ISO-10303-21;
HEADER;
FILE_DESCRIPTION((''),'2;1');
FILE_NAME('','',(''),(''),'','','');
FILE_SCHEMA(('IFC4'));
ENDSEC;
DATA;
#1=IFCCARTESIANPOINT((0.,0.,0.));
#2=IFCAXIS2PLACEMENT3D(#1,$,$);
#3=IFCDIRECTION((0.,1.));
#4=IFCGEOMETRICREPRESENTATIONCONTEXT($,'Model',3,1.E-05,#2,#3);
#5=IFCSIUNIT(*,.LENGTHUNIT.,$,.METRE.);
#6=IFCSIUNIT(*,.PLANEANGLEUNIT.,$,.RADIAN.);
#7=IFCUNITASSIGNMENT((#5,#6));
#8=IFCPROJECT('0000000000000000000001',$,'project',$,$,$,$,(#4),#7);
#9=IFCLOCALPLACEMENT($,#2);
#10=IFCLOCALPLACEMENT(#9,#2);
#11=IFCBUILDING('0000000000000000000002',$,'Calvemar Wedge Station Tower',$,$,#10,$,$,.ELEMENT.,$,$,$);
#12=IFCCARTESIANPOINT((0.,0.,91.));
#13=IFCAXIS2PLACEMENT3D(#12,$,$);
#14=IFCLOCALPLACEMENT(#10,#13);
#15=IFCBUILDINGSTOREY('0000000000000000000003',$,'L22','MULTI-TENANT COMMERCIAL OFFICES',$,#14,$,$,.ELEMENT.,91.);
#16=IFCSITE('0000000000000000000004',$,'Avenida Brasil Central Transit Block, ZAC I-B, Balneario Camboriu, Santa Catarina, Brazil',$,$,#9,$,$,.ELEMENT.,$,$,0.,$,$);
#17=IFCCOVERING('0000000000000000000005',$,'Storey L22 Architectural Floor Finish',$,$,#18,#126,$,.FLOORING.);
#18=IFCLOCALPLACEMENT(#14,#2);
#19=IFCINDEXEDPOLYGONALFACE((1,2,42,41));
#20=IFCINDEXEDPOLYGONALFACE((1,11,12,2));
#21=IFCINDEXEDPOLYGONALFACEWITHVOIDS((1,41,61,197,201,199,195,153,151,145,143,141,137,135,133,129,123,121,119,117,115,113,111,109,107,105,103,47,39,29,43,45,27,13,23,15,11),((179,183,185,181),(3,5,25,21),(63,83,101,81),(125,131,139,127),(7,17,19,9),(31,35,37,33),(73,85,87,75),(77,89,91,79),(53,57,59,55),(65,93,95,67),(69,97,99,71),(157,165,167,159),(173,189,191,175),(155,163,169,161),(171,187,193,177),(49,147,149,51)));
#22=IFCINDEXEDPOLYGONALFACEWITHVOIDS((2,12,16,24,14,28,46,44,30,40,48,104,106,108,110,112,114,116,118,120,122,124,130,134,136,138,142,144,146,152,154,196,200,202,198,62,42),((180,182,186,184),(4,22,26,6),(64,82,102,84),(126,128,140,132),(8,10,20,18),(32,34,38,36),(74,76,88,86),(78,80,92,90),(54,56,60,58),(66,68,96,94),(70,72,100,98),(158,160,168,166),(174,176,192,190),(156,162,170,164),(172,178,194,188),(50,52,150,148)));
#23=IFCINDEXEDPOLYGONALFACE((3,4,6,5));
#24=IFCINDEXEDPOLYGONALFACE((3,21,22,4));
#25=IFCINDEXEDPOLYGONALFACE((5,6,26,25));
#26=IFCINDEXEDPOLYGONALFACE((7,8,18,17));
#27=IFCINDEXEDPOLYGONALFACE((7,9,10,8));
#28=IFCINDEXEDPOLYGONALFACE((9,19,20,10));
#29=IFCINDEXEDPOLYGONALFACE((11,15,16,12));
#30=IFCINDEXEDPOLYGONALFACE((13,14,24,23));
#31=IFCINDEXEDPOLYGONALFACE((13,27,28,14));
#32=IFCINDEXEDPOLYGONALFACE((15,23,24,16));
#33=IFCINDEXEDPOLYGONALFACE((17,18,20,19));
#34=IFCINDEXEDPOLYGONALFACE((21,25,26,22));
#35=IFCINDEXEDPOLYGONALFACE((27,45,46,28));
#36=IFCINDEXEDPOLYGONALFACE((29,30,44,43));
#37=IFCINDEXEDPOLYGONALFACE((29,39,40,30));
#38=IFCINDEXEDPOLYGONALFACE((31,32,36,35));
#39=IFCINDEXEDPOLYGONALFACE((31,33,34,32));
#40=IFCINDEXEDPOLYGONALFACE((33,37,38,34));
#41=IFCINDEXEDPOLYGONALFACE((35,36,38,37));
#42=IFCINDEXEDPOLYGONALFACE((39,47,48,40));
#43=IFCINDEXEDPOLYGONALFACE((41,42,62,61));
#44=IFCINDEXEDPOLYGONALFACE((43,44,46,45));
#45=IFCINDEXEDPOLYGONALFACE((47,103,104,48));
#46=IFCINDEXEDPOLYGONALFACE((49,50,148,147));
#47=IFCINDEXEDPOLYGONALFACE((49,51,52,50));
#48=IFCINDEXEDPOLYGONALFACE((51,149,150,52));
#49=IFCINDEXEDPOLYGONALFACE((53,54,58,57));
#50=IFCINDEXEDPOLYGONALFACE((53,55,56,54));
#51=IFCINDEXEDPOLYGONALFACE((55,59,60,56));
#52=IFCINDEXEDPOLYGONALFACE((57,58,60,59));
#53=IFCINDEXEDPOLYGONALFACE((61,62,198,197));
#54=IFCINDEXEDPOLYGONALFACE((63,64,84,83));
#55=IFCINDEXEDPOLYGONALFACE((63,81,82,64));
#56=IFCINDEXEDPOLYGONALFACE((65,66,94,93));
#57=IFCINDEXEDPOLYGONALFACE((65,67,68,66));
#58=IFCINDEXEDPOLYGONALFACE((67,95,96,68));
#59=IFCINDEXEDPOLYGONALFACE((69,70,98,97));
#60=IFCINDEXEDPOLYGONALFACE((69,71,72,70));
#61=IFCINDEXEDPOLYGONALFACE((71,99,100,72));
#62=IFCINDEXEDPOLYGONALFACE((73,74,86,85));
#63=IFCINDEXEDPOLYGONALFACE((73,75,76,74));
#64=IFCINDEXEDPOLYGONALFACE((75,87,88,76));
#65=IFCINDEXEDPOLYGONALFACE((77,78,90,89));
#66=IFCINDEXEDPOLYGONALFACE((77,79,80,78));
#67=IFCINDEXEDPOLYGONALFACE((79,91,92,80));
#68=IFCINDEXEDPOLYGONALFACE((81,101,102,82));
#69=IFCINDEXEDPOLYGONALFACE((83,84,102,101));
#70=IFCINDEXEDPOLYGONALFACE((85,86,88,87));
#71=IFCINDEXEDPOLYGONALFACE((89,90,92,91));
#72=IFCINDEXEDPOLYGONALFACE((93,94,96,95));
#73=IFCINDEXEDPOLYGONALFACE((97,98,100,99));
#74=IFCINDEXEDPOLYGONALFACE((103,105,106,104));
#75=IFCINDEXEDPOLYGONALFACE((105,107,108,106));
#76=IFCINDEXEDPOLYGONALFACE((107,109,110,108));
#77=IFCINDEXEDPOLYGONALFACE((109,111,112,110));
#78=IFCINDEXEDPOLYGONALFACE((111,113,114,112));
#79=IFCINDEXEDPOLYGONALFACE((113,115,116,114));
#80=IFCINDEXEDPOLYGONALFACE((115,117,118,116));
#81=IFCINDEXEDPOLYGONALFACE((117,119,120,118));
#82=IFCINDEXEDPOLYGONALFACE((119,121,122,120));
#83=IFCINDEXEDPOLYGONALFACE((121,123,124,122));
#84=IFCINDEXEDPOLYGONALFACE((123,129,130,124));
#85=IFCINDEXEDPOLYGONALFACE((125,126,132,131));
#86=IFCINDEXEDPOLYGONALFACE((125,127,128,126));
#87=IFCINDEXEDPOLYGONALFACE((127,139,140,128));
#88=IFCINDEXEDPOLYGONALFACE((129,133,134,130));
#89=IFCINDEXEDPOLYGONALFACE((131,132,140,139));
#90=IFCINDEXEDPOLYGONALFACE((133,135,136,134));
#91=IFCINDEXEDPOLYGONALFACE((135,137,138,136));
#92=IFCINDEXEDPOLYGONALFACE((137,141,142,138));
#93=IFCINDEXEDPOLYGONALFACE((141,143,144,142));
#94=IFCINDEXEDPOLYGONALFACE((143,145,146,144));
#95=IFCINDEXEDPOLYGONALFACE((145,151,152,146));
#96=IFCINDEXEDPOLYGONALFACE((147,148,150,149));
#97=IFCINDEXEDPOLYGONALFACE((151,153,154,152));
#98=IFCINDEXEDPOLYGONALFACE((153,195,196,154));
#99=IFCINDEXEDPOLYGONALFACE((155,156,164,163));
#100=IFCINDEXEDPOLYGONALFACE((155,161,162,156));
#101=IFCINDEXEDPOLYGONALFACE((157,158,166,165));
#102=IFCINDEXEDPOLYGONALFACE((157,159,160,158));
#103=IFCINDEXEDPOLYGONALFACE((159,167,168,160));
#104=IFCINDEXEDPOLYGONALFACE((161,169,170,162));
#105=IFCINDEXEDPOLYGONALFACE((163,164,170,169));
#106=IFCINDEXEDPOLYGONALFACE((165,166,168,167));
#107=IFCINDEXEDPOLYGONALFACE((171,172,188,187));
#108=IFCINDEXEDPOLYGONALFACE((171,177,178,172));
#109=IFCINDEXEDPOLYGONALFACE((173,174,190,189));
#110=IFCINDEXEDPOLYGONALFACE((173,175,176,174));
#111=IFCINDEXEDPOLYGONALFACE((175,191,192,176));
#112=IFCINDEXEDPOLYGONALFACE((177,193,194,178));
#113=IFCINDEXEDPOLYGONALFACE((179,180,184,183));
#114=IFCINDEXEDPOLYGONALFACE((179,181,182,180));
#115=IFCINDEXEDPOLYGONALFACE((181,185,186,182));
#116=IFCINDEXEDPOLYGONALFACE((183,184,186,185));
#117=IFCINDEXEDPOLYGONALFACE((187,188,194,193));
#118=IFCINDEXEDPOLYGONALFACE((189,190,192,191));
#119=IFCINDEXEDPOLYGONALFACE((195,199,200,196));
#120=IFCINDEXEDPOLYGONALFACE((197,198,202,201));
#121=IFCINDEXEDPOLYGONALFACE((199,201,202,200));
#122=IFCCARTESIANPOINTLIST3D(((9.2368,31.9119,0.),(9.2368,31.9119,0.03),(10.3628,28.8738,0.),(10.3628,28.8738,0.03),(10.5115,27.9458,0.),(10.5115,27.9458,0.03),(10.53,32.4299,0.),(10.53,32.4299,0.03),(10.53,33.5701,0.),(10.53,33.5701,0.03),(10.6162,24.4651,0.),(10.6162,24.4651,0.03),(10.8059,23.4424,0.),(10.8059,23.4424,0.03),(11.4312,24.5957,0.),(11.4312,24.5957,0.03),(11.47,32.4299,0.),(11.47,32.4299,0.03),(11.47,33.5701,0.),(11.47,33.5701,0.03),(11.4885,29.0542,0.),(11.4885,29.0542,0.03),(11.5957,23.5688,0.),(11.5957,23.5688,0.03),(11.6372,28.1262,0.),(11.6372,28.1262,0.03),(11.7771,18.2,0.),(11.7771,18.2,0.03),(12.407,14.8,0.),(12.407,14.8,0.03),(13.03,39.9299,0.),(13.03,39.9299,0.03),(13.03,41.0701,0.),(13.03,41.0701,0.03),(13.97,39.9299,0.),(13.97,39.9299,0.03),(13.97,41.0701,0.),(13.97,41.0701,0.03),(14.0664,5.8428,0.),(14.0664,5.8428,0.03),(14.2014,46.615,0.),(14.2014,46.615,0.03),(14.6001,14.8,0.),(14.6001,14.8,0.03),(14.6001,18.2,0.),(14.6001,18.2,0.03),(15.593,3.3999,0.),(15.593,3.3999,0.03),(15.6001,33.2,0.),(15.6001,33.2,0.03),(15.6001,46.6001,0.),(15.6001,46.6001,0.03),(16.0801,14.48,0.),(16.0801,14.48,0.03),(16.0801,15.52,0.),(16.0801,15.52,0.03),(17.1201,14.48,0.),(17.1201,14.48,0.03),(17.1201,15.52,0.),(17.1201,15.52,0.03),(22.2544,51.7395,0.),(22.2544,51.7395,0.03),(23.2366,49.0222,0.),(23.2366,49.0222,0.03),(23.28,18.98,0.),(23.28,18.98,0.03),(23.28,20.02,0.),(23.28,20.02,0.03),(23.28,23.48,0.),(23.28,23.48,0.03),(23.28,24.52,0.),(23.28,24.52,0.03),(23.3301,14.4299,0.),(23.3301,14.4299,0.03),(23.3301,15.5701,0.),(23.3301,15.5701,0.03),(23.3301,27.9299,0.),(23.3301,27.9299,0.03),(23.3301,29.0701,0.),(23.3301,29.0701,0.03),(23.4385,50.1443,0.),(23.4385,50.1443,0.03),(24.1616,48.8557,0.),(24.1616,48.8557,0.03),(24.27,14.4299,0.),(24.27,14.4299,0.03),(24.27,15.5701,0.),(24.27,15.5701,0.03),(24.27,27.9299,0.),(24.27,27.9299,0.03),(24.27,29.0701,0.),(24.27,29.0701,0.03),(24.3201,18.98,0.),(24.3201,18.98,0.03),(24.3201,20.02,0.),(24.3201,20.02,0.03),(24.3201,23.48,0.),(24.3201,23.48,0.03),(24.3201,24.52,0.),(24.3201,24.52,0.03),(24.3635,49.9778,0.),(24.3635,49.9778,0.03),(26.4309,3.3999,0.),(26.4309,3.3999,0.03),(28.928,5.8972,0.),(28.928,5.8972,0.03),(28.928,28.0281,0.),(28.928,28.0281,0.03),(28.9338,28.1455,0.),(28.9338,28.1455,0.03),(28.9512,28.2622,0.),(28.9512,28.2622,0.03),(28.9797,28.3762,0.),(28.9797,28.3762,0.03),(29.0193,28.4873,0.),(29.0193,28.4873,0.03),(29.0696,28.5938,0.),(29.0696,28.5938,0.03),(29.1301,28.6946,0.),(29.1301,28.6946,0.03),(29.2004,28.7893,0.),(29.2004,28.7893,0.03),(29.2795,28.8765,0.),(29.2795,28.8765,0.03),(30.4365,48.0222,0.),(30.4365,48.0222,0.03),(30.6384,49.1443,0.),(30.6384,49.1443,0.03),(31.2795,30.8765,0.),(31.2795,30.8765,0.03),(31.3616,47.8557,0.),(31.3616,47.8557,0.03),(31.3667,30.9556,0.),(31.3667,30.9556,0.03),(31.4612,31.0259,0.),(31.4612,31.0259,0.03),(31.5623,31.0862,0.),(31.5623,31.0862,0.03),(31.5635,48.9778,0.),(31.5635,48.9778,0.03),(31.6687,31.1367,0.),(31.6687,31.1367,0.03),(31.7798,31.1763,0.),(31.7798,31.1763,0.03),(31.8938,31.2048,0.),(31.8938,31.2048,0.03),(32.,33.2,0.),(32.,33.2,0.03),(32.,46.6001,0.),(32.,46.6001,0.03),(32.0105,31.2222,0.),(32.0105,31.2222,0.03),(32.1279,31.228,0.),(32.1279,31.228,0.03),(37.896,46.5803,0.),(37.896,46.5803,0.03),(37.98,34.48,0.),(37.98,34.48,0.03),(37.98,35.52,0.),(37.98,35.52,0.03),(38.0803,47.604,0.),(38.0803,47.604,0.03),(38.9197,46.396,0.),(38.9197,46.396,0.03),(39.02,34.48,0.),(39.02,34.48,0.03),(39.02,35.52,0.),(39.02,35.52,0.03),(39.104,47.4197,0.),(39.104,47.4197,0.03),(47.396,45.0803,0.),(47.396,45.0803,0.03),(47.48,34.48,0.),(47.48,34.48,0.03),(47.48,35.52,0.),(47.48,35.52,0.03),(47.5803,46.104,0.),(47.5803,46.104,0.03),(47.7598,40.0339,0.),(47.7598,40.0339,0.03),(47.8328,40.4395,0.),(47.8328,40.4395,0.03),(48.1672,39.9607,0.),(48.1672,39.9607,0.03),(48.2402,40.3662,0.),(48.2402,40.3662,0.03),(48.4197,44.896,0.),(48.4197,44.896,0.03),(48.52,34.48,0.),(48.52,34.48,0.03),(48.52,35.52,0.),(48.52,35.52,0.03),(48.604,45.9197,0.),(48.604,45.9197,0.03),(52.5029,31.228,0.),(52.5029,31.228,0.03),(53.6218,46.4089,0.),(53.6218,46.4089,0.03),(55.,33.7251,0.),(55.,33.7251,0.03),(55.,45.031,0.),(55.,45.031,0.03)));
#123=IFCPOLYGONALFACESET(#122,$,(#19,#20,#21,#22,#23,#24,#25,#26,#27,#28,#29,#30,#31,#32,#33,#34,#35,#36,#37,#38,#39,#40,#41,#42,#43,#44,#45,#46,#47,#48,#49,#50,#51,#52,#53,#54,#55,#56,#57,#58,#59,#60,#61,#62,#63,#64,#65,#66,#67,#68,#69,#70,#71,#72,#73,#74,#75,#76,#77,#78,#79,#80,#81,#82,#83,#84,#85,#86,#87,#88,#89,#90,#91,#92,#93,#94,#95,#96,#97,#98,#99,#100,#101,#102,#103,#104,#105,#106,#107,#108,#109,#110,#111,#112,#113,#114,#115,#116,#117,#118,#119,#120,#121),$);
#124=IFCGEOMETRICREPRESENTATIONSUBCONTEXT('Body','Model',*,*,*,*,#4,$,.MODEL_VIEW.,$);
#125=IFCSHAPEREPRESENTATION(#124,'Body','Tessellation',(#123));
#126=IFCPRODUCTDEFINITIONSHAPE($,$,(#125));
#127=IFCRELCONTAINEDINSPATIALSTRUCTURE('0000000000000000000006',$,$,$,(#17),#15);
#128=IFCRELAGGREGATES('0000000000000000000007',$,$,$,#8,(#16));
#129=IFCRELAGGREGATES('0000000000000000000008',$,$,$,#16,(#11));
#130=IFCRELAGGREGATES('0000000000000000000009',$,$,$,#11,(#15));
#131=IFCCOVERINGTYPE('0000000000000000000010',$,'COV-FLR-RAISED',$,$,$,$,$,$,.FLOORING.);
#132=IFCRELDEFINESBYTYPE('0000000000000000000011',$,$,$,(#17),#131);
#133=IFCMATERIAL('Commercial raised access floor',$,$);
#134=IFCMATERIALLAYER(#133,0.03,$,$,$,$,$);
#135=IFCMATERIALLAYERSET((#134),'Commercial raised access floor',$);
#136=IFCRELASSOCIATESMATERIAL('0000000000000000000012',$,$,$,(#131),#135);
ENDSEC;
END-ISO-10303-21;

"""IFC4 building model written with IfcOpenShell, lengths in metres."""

from ifc_helpers import new_model, si_unit, direction, frame, origin, place, context, subcontext, project, spatial, polyline, outline, extrude, material, layer, layer_set, type_object, element, save


model = new_model("IFC4")

# Units and contexts
model_context = context("Model", 3, precision=1e-05, world=origin(), true_north=direction((0.0, 1.0)))
body_context = subcontext(model_context, "Body", "Model", "MODEL_VIEW")
ifc_project = project(units=[si_unit("LENGTHUNIT", "METRE"), si_unit("PLANEANGLEUNIT", "RADIAN")], contexts=[model_context])

# Site, building, storey
site_placement = place(None, origin())
site = spatial("IfcSite", under=ifc_project, at=site_placement, Name="Avenida Brasil Central Transit Block, ZAC I-B, Balneario Camboriu, Santa Catarina, Brazil", CompositionType="ELEMENT", RefElevation=0.0)
building_placement = place(site_placement, origin())
building = spatial("IfcBuilding", under=site, at=building_placement, Name="Calvemar Wedge Station Tower", CompositionType="ELEMENT")
storey_placement = place(building_placement, frame((0.0, 0.0, 91.0)))
storey = spatial("IfcBuildingStorey", under=building, at=storey_placement, Name="L22", Description="MULTI-TENANT COMMERCIAL OFFICES", CompositionType="ELEMENT", Elevation=91.0)

# Covering
ifc_material_1 = material(Name="Commercial raised access floor")
ifc_layer_1 = layer(ifc_material_1, 0.03)
ifc_layer_set_1 = layer_set([ifc_layer_1], Name="Commercial raised access floor")
covering_type_1 = type_object("IfcCoveringType", Name="COV-FLR-RAISED", PredefinedType="FLOORING", material=ifc_layer_set_1)
covering_1_placement = place(storey_placement, origin())
element("IfcCovering", 1, at=covering_1_placement, inside=storey, type_object=covering_type_1, Name="Storey L22 Architectural Floor Finish", PredefinedType="FLOORING", context=body_context, shape_type="SweptSolid", body=[
    extrude(outline(polyline([(29.2795, 28.8765), (31.2795, 30.8765), (31.3667, 30.9556), (31.4612, 31.0259), (31.5623, 31.0862), (31.6687, 31.1367), (31.7798, 31.1763), (31.8938, 31.2048), (32.0105, 31.2222), (32.1279, 31.228), (52.5029, 31.228), (55.0, 33.7251), (55.0, 45.031), (53.6218, 46.4089), (22.2544, 51.7395), (14.2014, 46.615), (9.2368, 31.9119), (10.6162, 24.4651), (11.4312, 24.5957), (11.5957, 23.5688), (10.8059, 23.4424), (11.7771, 18.2), (14.6001, 18.2), (14.6001, 14.8), (12.407, 14.8), (14.0664, 5.8428), (15.593, 3.3999), (26.4309, 3.3999), (28.928, 5.8972), (28.928, 28.0281), (28.9338, 28.1455), (28.9512, 28.2622), (28.9797, 28.3762), (29.0193, 28.4873), (29.0696, 28.5938), (29.1301, 28.6946), (29.2004, 28.7893), (29.2795, 28.8765)]), holes=[polyline([(15.6001, 46.6001), (32.0, 46.6001), (32.0, 33.2), (15.6001, 33.2), (15.6001, 46.6001)]), polyline([(10.53, 32.4299), (10.53, 33.5701), (11.47, 33.5701), (11.47, 32.4299), (10.53, 32.4299)]), polyline([(13.03, 41.0701), (13.97, 41.0701), (13.97, 39.9299), (13.03, 39.9299), (13.03, 41.0701)]), polyline([(24.3635, 49.9778), (24.1616, 48.8557), (23.2366, 49.0222), (23.4385, 50.1443), (24.3635, 49.9778)]), polyline([(31.3616, 47.8557), (30.4365, 48.0222), (30.6384, 49.1443), (31.5635, 48.9778), (31.3616, 47.8557)]), polyline([(37.896, 46.5803), (38.0803, 47.604), (39.104, 47.4197), (38.9197, 46.396), (37.896, 46.5803)]), polyline([(47.5803, 46.104), (48.604, 45.9197), (48.4197, 44.896), (47.396, 45.0803), (47.5803, 46.104)]), polyline([(39.02, 35.52), (39.02, 34.48), (37.98, 34.48), (37.98, 35.52), (39.02, 35.52)]), polyline([(48.52, 34.48), (47.48, 34.48), (47.48, 35.52), (48.52, 35.52), (48.52, 34.48)]), polyline([(47.7598, 40.0339), (47.8328, 40.4395), (48.2402, 40.3662), (48.1672, 39.9607), (47.7598, 40.0339)]), polyline([(11.4885, 29.0542), (11.6372, 28.1262), (10.5115, 27.9458), (10.3628, 28.8738), (11.4885, 29.0542)]), polyline([(24.27, 27.9299), (23.3301, 27.9299), (23.3301, 29.0701), (24.27, 29.0701), (24.27, 27.9299)]), polyline([(23.28, 23.48), (23.28, 24.52), (24.3201, 24.52), (24.3201, 23.48), (23.28, 23.48)]), polyline([(23.28, 20.02), (24.3201, 20.02), (24.3201, 18.98), (23.28, 18.98), (23.28, 20.02)]), polyline([(24.27, 15.5701), (24.27, 14.4299), (23.3301, 14.4299), (23.3301, 15.5701), (24.27, 15.5701)]), polyline([(17.1201, 14.48), (16.0801, 14.48), (16.0801, 15.52), (17.1201, 15.52), (17.1201, 14.48)])]), origin(), (0.0, 0.0, 1.0), 0.03),
])

save(model, "model.ifc")
